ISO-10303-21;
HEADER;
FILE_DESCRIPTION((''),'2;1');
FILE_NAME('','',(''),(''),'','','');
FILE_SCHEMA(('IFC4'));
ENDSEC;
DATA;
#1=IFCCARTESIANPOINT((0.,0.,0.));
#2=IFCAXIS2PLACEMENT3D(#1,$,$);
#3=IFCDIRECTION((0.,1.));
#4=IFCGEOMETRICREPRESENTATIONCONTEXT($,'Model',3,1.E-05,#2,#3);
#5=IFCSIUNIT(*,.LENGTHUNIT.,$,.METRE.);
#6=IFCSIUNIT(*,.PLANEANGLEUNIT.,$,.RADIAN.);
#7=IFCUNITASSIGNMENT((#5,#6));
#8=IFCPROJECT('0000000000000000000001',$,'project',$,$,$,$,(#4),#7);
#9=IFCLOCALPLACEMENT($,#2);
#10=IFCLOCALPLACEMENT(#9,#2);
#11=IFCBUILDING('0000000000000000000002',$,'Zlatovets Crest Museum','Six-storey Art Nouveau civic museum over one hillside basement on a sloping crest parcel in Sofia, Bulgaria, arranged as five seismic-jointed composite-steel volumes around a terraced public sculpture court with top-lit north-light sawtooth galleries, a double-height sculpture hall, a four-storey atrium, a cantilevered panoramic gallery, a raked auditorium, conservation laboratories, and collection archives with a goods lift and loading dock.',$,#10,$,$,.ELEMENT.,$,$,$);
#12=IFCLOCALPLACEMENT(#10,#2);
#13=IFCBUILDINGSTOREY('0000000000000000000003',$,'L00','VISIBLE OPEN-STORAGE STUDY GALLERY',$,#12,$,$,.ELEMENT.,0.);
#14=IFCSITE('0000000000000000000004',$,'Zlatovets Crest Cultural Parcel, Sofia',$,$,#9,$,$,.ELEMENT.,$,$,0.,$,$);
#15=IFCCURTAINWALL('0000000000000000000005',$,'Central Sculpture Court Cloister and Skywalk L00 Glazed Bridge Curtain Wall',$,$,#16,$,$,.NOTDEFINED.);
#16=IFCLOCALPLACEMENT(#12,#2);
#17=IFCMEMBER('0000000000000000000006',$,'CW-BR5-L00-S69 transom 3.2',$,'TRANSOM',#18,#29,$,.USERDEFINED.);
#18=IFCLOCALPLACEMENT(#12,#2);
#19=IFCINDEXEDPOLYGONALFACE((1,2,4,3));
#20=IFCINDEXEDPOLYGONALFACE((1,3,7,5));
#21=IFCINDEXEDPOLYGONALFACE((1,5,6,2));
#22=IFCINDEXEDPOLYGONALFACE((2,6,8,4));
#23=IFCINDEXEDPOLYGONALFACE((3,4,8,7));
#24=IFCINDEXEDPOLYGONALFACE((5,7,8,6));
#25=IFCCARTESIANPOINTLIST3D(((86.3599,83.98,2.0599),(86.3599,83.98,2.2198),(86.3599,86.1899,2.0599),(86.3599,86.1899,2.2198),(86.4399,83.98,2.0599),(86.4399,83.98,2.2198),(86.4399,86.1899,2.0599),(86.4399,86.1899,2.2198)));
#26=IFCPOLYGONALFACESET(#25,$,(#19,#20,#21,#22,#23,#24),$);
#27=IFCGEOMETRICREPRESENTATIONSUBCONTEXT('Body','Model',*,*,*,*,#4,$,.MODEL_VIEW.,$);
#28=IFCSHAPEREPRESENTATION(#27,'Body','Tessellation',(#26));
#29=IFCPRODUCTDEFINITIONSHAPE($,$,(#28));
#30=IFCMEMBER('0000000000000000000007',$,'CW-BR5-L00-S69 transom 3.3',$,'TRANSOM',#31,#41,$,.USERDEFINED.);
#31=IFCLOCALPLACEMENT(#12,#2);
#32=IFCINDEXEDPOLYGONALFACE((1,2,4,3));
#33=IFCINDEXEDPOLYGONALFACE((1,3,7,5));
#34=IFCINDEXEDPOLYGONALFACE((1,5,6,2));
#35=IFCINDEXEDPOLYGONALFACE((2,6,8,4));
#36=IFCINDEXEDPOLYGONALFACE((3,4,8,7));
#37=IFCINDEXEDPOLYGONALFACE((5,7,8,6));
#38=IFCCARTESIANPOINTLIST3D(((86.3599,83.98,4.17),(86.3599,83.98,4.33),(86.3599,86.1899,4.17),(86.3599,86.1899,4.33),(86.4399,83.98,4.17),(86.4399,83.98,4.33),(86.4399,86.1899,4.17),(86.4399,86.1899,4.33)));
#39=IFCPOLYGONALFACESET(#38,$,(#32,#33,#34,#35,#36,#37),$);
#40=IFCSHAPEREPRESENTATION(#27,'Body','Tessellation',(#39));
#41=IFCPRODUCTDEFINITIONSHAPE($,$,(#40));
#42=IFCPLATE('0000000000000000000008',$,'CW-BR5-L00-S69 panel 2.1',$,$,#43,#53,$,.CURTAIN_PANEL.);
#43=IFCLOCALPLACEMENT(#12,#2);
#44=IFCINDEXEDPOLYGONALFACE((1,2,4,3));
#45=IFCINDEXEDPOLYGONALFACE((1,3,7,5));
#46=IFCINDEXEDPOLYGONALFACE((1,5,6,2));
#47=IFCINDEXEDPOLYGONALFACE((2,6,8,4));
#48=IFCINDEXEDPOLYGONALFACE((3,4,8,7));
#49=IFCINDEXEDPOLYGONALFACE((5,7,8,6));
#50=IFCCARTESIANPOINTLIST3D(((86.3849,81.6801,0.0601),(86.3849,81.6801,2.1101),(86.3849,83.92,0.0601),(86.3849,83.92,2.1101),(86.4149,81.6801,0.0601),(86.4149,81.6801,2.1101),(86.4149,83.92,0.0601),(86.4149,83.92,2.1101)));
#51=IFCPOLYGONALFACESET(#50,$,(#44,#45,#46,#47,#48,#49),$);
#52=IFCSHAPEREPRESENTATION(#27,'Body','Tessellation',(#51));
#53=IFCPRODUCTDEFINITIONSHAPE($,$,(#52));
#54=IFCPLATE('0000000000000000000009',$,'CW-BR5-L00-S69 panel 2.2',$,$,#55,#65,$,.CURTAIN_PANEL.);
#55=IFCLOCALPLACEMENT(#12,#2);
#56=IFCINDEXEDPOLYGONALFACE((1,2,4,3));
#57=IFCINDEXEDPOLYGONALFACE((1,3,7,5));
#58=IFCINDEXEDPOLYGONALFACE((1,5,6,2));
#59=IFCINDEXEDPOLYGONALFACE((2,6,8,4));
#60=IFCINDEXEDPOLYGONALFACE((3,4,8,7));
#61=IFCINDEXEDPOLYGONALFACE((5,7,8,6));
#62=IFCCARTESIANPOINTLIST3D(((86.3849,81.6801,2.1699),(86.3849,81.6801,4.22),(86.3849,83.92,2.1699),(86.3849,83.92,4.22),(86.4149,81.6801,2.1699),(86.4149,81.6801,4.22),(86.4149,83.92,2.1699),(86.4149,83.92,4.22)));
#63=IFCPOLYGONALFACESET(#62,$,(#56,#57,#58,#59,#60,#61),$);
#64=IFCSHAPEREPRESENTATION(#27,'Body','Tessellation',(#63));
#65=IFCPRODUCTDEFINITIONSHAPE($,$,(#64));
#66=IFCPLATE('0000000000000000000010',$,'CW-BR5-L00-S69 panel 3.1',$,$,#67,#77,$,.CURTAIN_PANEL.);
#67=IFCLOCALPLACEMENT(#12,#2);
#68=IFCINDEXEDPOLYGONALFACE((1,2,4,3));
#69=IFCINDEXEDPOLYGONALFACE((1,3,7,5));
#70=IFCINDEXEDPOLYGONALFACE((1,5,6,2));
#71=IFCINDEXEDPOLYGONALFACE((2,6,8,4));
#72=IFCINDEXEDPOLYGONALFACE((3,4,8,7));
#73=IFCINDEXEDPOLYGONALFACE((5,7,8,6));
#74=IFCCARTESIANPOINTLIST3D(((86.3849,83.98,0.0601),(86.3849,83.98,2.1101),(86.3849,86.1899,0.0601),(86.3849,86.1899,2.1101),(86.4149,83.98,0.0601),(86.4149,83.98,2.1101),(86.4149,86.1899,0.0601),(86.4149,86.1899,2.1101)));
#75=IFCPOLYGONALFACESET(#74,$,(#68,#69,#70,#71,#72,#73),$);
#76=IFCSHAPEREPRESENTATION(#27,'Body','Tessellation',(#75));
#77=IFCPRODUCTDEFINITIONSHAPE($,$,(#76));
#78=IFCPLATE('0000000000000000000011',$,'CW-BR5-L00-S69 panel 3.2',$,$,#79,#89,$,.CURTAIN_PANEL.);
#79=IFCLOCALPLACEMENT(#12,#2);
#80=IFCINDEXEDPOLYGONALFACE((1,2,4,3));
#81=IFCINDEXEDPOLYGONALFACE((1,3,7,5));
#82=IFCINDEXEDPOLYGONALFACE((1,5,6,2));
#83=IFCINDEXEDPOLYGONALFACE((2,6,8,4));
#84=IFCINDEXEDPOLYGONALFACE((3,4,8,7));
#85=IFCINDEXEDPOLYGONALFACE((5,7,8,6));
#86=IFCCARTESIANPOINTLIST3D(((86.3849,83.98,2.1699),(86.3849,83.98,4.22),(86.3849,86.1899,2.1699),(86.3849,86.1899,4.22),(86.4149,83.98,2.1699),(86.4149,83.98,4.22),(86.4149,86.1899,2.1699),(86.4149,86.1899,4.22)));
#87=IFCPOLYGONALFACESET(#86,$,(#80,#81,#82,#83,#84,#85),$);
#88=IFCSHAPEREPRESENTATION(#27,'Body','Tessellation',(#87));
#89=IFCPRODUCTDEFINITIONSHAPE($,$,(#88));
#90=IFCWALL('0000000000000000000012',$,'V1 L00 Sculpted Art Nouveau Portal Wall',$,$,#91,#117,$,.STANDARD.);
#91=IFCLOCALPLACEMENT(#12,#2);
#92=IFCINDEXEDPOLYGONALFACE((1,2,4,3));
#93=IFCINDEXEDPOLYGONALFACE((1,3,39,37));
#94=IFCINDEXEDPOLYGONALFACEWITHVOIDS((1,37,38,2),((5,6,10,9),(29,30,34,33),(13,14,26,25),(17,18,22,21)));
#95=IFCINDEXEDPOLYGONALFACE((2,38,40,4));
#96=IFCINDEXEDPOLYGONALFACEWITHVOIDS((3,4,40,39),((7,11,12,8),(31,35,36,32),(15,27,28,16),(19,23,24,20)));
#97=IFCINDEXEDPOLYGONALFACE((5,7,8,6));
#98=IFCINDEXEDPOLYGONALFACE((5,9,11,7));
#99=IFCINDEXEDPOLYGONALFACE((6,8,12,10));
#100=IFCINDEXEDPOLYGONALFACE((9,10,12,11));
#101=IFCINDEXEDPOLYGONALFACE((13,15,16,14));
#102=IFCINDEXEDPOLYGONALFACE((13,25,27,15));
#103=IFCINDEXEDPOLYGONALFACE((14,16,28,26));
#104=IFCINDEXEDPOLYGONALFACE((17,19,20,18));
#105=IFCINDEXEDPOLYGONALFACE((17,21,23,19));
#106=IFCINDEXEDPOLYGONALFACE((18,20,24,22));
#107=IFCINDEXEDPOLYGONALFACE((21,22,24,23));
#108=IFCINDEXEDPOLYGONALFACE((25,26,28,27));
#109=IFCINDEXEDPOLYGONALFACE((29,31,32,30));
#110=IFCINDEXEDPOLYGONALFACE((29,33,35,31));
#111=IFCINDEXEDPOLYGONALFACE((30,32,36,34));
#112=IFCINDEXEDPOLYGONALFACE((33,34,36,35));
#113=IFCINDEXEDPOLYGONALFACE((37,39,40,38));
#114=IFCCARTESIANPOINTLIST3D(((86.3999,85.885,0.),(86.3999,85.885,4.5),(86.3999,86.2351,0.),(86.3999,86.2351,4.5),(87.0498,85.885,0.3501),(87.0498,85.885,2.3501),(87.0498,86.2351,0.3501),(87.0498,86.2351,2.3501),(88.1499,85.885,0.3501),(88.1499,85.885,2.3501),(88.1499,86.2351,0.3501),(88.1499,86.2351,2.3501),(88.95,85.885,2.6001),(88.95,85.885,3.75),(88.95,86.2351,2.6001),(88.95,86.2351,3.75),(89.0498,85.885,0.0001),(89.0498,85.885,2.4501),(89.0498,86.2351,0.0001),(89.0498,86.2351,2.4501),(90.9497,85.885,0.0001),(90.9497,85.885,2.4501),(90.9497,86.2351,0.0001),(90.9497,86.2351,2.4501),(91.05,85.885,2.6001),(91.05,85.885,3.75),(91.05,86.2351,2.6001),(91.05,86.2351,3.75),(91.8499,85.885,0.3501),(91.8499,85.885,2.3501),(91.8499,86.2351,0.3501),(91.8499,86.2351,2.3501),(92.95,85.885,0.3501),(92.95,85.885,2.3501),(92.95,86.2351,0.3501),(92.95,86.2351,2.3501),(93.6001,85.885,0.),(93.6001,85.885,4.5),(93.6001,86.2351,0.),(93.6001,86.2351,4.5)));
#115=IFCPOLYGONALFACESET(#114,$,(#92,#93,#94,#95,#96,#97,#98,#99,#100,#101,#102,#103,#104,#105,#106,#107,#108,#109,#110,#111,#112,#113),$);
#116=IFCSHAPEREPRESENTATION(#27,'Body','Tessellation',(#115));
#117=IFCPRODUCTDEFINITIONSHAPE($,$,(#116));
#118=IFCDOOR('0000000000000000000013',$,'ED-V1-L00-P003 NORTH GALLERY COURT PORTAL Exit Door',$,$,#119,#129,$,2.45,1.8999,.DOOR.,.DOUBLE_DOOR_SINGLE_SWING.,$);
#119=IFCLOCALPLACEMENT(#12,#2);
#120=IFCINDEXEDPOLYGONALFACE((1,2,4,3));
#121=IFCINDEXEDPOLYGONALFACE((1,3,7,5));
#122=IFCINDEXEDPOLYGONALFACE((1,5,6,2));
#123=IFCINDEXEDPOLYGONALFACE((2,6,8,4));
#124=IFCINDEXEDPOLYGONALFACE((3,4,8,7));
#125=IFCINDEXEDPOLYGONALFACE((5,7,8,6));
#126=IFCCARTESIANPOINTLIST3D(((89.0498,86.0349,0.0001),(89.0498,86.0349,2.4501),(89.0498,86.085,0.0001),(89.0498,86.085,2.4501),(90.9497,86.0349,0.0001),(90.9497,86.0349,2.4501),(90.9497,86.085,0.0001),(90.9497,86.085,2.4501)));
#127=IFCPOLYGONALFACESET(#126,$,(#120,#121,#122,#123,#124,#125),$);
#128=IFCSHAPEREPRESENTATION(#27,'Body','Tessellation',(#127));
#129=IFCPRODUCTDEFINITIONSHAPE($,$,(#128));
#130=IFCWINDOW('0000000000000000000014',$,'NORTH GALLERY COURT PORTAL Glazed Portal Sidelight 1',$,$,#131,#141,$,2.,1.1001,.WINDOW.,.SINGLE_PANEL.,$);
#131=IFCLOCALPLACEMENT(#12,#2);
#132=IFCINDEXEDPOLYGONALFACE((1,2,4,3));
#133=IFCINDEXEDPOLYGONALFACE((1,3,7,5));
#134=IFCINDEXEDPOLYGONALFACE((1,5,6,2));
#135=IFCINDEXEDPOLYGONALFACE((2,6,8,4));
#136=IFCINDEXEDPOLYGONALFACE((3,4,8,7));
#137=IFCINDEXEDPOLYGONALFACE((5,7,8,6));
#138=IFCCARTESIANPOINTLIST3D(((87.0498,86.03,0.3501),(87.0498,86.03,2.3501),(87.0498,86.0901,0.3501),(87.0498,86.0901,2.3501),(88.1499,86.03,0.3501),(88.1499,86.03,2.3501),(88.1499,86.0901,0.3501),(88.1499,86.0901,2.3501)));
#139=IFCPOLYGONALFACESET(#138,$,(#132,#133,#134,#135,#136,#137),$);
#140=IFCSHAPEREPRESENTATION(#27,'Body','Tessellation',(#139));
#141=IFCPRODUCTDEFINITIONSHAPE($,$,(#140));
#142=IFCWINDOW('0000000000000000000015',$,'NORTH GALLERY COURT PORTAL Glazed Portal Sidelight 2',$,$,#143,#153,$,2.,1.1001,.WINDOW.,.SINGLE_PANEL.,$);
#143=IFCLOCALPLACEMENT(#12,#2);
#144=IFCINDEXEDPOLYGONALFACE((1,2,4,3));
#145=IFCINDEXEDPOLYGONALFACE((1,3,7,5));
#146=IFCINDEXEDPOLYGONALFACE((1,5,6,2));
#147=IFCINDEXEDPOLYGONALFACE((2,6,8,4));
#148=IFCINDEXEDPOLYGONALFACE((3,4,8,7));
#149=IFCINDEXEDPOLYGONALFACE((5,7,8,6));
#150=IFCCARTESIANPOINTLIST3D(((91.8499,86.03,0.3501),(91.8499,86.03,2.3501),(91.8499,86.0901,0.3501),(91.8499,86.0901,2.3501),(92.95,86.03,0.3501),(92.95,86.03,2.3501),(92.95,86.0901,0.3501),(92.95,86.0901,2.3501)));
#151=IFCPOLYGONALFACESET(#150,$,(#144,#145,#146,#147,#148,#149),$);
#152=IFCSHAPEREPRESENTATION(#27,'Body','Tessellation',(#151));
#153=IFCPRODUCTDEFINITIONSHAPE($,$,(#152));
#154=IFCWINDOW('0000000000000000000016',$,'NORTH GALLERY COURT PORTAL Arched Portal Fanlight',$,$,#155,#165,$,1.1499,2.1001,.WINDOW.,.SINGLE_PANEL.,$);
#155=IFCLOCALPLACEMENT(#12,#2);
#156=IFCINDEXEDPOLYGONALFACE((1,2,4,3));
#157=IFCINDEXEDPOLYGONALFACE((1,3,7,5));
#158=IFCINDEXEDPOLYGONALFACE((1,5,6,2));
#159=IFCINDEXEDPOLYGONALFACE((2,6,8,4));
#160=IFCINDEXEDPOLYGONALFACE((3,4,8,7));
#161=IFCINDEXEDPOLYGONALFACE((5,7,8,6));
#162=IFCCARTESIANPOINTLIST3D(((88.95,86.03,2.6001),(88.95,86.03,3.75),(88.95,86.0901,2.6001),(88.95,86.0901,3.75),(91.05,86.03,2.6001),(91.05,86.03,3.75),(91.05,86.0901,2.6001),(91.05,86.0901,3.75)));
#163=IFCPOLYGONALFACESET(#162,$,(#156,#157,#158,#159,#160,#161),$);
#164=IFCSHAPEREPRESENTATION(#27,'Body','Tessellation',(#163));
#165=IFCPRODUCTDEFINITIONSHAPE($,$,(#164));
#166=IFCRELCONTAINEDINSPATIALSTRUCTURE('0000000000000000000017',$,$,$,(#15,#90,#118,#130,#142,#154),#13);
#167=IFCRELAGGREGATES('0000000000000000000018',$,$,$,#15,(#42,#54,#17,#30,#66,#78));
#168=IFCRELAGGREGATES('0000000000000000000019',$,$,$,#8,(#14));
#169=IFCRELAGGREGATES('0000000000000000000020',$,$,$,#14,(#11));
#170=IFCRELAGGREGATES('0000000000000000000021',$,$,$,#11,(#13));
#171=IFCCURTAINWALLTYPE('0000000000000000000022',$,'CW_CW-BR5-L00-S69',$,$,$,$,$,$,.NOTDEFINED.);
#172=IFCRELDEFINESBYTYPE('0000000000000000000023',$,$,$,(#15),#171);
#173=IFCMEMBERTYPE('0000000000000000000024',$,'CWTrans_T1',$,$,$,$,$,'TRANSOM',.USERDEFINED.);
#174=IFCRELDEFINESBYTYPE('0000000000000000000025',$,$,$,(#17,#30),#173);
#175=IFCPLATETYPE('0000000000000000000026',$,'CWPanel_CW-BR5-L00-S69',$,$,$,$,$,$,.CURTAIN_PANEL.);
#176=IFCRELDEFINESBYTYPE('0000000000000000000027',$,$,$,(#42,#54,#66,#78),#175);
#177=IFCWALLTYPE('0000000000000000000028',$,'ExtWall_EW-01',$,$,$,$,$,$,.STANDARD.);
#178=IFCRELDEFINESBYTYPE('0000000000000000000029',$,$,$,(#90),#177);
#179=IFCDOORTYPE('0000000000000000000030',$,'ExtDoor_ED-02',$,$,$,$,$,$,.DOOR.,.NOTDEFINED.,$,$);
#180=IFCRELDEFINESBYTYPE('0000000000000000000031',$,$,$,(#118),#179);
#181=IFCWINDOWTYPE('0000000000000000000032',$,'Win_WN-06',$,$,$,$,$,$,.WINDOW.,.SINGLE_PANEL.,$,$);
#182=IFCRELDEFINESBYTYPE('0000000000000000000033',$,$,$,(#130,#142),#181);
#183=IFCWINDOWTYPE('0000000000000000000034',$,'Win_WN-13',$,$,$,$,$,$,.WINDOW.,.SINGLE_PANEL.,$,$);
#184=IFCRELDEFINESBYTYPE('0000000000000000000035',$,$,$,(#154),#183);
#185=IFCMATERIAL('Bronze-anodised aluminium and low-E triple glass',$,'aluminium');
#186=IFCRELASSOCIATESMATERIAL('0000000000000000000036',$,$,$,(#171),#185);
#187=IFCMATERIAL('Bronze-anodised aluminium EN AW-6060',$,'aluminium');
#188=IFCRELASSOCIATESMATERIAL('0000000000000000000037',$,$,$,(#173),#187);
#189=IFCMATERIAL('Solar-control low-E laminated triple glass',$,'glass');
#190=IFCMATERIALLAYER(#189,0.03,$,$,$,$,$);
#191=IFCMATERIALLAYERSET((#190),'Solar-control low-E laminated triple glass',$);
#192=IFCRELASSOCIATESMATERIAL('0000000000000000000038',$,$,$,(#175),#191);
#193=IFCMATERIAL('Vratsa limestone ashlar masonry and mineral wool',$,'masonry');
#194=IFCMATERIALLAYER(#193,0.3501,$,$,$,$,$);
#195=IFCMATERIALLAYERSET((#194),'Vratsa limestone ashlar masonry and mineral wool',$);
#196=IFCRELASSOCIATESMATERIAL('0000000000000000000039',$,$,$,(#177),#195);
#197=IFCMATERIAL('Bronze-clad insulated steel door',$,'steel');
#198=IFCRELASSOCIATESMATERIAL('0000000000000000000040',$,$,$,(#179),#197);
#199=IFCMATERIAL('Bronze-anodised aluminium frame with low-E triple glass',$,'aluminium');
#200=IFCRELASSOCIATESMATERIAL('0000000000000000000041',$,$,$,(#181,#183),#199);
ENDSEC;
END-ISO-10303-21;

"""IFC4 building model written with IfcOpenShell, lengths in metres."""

from ifc_helpers import new_model, si_unit, direction, frame, frame_2d, origin, origin_2d, place, context, subcontext, project, spatial, rectangle, extrude, material, layer, layer_set, material_profile, profile_set, type_object, element, fill, aggregate, save


model = new_model("IFC4")

# Units and contexts
model_context = context("Model", 3, precision=1e-05, world=origin(), true_north=direction((0.0, 1.0)))
body_context = subcontext(model_context, "Body", "Model", "MODEL_VIEW")
ifc_project = project(units=[si_unit("LENGTHUNIT", "METRE"), si_unit("PLANEANGLEUNIT", "RADIAN")], contexts=[model_context])

# Site, building, storey
site_placement = place(None, origin())
site = spatial("IfcSite", under=ifc_project, at=site_placement, Name="Zlatovets Crest Cultural Parcel, Sofia", CompositionType="ELEMENT", RefElevation=0.0)
building_placement = place(site_placement, origin())
building = spatial("IfcBuilding", under=site, at=building_placement, Name="Zlatovets Crest Museum", Description="Six-storey Art Nouveau civic museum over one hillside basement on a sloping crest parcel in Sofia, Bulgaria, arranged as five seismic-jointed composite-steel volumes around a terraced public sculpture court with top-lit north-light sawtooth galleries, a double-height sculpture hall, a four-storey atrium, a cantilevered panoramic gallery, a raked auditorium, conservation laboratories, and collection archives with a goods lift and loading dock.", CompositionType="ELEMENT")
storey_placement = place(building_placement, origin())
storey = spatial("IfcBuildingStorey", under=building, at=storey_placement, Name="L00", Description="VISIBLE OPEN-STORAGE STUDY GALLERY", CompositionType="ELEMENT", Elevation=0.0)

# Curtain wall, members, plates
ifc_material_1 = material(Name="Bronze-anodised aluminium and low-E triple glass", Category="aluminium")
curtain_wall_type = type_object("IfcCurtainWallType", Name="CW_CW-BR5-L00-S69", PredefinedType="NOTDEFINED", material=ifc_material_1)
curtain_wall_placement = place(storey_placement, origin())
curtain_wall = element("IfcCurtainWall", 1, at=curtain_wall_placement, inside=storey, type_object=curtain_wall_type, Name="Central Sculpture Court Cloister and Skywalk L00 Glazed Bridge Curtain Wall", PredefinedType="NOTDEFINED")
ifc_material_2 = material(Name="Bronze-anodised aluminium EN AW-6060", Category="aluminium")
ifc_material_profile_1 = material_profile(ifc_material_2, rectangle(XDim=0.0801, YDim=0.1599, at=origin_2d()), Name="ALU 80x160")
ifc_profile_set_1 = profile_set([ifc_material_profile_1], Name="Bronze-anodised aluminium EN AW-6060")
member_type_1 = type_object("IfcMemberType", Name="CWTrans_T1", ElementType="TRANSOM", PredefinedType="USERDEFINED", material=ifc_profile_set_1)
member_1_placement = place(storey_placement, frame((86.3999, 83.98, 2.1399), z_axis=(0.0, 1.0, 0.0), x_axis=(-1.0, 0.0, 0.0)))
member_1 = element("IfcMember", 2, at=member_1_placement, type_object=member_type_1, Name="CW-BR5-L00-S69 transom 3.2", ObjectType="TRANSOM", PredefinedType="USERDEFINED", context=body_context, shape_type="SweptSolid", body=[
    extrude(rectangle(XDim=0.0801, YDim=0.1599, at=origin_2d()), origin(), (0.0, 0.0, 1.0), 2.21),
])
member_2_placement = place(storey_placement, frame((86.3999, 83.98, 4.25), z_axis=(0.0, 1.0, 0.0), x_axis=(-1.0, 0.0, 0.0)))
member_2 = element("IfcMember", 3, at=member_2_placement, type_object=member_type_1, Name="CW-BR5-L00-S69 transom 3.3", ObjectType="TRANSOM", PredefinedType="USERDEFINED", context=body_context, shape_type="SweptSolid", body=[
    extrude(rectangle(XDim=0.0801, YDim=0.1599, at=origin_2d()), origin(), (0.0, 0.0, 1.0), 2.21),
])
ifc_material_3 = material(Name="Solar-control low-E laminated triple glass", Category="glass")
ifc_layer_1 = layer(ifc_material_3, 0.03)
ifc_layer_set_1 = layer_set([ifc_layer_1], Name="Solar-control low-E laminated triple glass")
plate_type = type_object("IfcPlateType", Name="CWPanel_CW-BR5-L00-S69", PredefinedType="CURTAIN_PANEL", material=ifc_layer_set_1)
plate_1_placement = place(storey_placement, frame((86.3999, 82.8, 0.0601), z_axis=(0.0, 0.0, 1.0), x_axis=(0.0, 1.0, 0.0)))
plate_1 = element("IfcPlate", 4, at=plate_1_placement, type_object=plate_type, Name="CW-BR5-L00-S69 panel 2.1", PredefinedType="CURTAIN_PANEL", context=body_context, shape_type="SweptSolid", body=[
    extrude(rectangle(XDim=2.24, YDim=0.03, at=origin_2d()), origin(), (0.0, 0.0, 1.0), 2.05),
])
plate_2_placement = place(storey_placement, frame((86.3999, 82.8, 2.1699), z_axis=(0.0, 0.0, 1.0), x_axis=(0.0, 1.0, 0.0)))
plate_2 = element("IfcPlate", 5, at=plate_2_placement, type_object=plate_type, Name="CW-BR5-L00-S69 panel 2.2", PredefinedType="CURTAIN_PANEL", context=body_context, shape_type="SweptSolid", body=[
    extrude(rectangle(XDim=2.24, YDim=0.03, at=origin_2d()), origin(), (0.0, 0.0, 1.0), 2.05),
])
plate_3_placement = place(storey_placement, frame((86.3999, 85.085, 0.0601), z_axis=(0.0, 0.0, 1.0), x_axis=(0.0, 1.0, 0.0)))
plate_3 = element("IfcPlate", 6, at=plate_3_placement, type_object=plate_type, Name="CW-BR5-L00-S69 panel 3.1", PredefinedType="CURTAIN_PANEL", context=body_context, shape_type="SweptSolid", body=[
    extrude(rectangle(XDim=2.21, YDim=0.03, at=origin_2d()), origin(), (0.0, 0.0, 1.0), 2.05),
])
plate_4_placement = place(storey_placement, frame((86.3999, 85.085, 2.1699), z_axis=(0.0, 0.0, 1.0), x_axis=(0.0, 1.0, 0.0)))
plate_4 = element("IfcPlate", 7, at=plate_4_placement, type_object=plate_type, Name="CW-BR5-L00-S69 panel 3.2", PredefinedType="CURTAIN_PANEL", context=body_context, shape_type="SweptSolid", body=[
    extrude(rectangle(XDim=2.21, YDim=0.03, at=origin_2d()), origin(), (0.0, 0.0, 1.0), 2.05),
])
aggregate(curtain_wall, [plate_1, plate_2, member_1, member_2, plate_3, plate_4])

# Wall, openings, door, windows
ifc_material_4 = material(Name="Vratsa limestone ashlar masonry and mineral wool", Category="masonry")
ifc_layer_2 = layer(ifc_material_4, 0.3501)
ifc_layer_set_2 = layer_set([ifc_layer_2], Name="Vratsa limestone ashlar masonry and mineral wool")
wall_type = type_object("IfcWallType", Name="ExtWall_EW-01", PredefinedType="STANDARD", material=ifc_layer_set_2)
wall_1_placement = place(storey_placement, frame((86.3999, 86.0601, 0.0), z_axis=(0.0, 0.0, 1.0), x_axis=(1.0, 0.0, 0.0)))
wall_1 = element("IfcWall", 8, at=wall_1_placement, inside=storey, type_object=wall_type, Name="V1 L00 Sculpted Art Nouveau Portal Wall", PredefinedType="STANDARD", context=body_context, shape_type="SweptSolid", body=[
    extrude(rectangle(XDim=7.2002, YDim=0.3501, at=frame_2d((3.6001, 0.0))), origin(), (0.0, 0.0, 1.0), 4.5),
])
opening_1_placement = place(wall_1_placement, frame((2.6499, 0.0, 0.0)))
opening_1 = element("IfcOpeningElement", 9, at=opening_1_placement, cuts=wall_1, PredefinedType="OPENING", context=body_context, shape_type="SweptSolid", body=[
    extrude(rectangle(XDim=1.8999, YDim=2.45, at=frame_2d((0.95, 1.2251))), frame((0.0, 0.1851, 0.0), z_axis=(0.0, -1.0, 0.0), x_axis=(1.0, 0.0, 0.0)), (0.0, 0.0, 1.0), 0.3701),
])
opening_2_placement = place(wall_1_placement, frame((2.55, 0.0, 2.6001)))
opening_2 = element("IfcOpeningElement", 10, at=opening_2_placement, cuts=wall_1, PredefinedType="OPENING", context=body_context, shape_type="SweptSolid", body=[
    extrude(rectangle(XDim=2.1001, YDim=1.1499, at=frame_2d((1.05, 0.575))), frame((0.0, 0.1851, 0.0), z_axis=(0.0, -1.0, 0.0), x_axis=(1.0, 0.0, 0.0)), (0.0, 0.0, 1.0), 0.3701),
])
opening_3_placement = place(wall_1_placement, frame((0.6499, 0.0, 0.3501)))
opening_3 = element("IfcOpeningElement", 11, at=opening_3_placement, cuts=wall_1, PredefinedType="OPENING", context=body_context, shape_type="SweptSolid", body=[
    extrude(rectangle(XDim=1.1001, YDim=2.0, at=frame_2d((0.55, 1.0))), frame((0.0, 0.1851, 0.0), z_axis=(0.0, -1.0, 0.0), x_axis=(1.0, 0.0, 0.0)), (0.0, 0.0, 1.0), 0.3701),
])
opening_4_placement = place(wall_1_placement, frame((5.45, 0.0, 0.3501)))
opening_4 = element("IfcOpeningElement", 12, at=opening_4_placement, cuts=wall_1, PredefinedType="OPENING", context=body_context, shape_type="SweptSolid", body=[
    extrude(rectangle(XDim=1.1001, YDim=2.0, at=frame_2d((0.55, 1.0))), frame((0.0, 0.1851, 0.0), z_axis=(0.0, -1.0, 0.0), x_axis=(1.0, 0.0, 0.0)), (0.0, 0.0, 1.0), 0.3701),
])
ifc_material_5 = material(Name="Bronze-clad insulated steel door", Category="steel")
door_type = type_object("IfcDoorType", Name="ExtDoor_ED-02", OperationType="NOTDEFINED", PredefinedType="DOOR", material=ifc_material_5)
door_placement = place(opening_1_placement, origin())
door = element("IfcDoor", 13, at=door_placement, inside=storey, type_object=door_type, Name="ED-V1-L00-P003 NORTH GALLERY COURT PORTAL Exit Door", OperationType="DOUBLE_DOOR_SINGLE_SWING", OverallHeight=2.45, OverallWidth=1.8999, PredefinedType="DOOR", context=body_context, shape_type="SweptSolid", body=[
    extrude(rectangle(XDim=1.8999, YDim=2.45, at=frame_2d((0.95, 1.2251))), frame((0.0, 0.0249, 0.0), z_axis=(0.0, -1.0, 0.0), x_axis=(1.0, 0.0, 0.0)), (0.0, 0.0, 1.0), 0.05),
])
fill(opening_1, door)
ifc_material_6 = material(Name="Bronze-anodised aluminium frame with low-E triple glass", Category="aluminium")
window_type_1 = type_object("IfcWindowType", Name="Win_WN-06", PartitioningType="SINGLE_PANEL", PredefinedType="WINDOW", material=ifc_material_6)
window_1_placement = place(opening_3_placement, origin())
window_1 = element("IfcWindow", 14, at=window_1_placement, inside=storey, type_object=window_type_1, Name="NORTH GALLERY COURT PORTAL Glazed Portal Sidelight 1", OverallHeight=2.0, OverallWidth=1.1001, PartitioningType="SINGLE_PANEL", PredefinedType="WINDOW", context=body_context, shape_type="SweptSolid", body=[
    extrude(rectangle(XDim=1.1001, YDim=2.0, at=frame_2d((0.55, 1.0))), frame((0.0, 0.03, 0.0), z_axis=(0.0, -1.0, 0.0), x_axis=(1.0, 0.0, 0.0)), (0.0, 0.0, 1.0), 0.0601),
])
fill(opening_3, window_1)
window_2_placement = place(opening_4_placement, origin())
window_2 = element("IfcWindow", 15, at=window_2_placement, inside=storey, type_object=window_type_1, Name="NORTH GALLERY COURT PORTAL Glazed Portal Sidelight 2", OverallHeight=2.0, OverallWidth=1.1001, PartitioningType="SINGLE_PANEL", PredefinedType="WINDOW", context=body_context, shape_type="SweptSolid", body=[
    extrude(rectangle(XDim=1.1001, YDim=2.0, at=frame_2d((0.55, 1.0))), frame((0.0, 0.03, 0.0), z_axis=(0.0, -1.0, 0.0), x_axis=(1.0, 0.0, 0.0)), (0.0, 0.0, 1.0), 0.0601),
])
fill(opening_4, window_2)
window_type_2 = type_object("IfcWindowType", Name="Win_WN-13", PartitioningType="SINGLE_PANEL", PredefinedType="WINDOW", material=ifc_material_6)
window_3_placement = place(opening_2_placement, origin())
window_3 = element("IfcWindow", 16, at=window_3_placement, inside=storey, type_object=window_type_2, Name="NORTH GALLERY COURT PORTAL Arched Portal Fanlight", OverallHeight=1.1499, OverallWidth=2.1001, PartitioningType="SINGLE_PANEL", PredefinedType="WINDOW", context=body_context, shape_type="SweptSolid", body=[
    extrude(rectangle(XDim=2.1001, YDim=1.1499, at=frame_2d((1.05, 0.575))), frame((0.0, 0.03, 0.0), z_axis=(0.0, -1.0, 0.0), x_axis=(1.0, 0.0, 0.0)), (0.0, 0.0, 1.0), 0.0601),
])
fill(opening_2, window_3)

save(model, "model.ifc")
